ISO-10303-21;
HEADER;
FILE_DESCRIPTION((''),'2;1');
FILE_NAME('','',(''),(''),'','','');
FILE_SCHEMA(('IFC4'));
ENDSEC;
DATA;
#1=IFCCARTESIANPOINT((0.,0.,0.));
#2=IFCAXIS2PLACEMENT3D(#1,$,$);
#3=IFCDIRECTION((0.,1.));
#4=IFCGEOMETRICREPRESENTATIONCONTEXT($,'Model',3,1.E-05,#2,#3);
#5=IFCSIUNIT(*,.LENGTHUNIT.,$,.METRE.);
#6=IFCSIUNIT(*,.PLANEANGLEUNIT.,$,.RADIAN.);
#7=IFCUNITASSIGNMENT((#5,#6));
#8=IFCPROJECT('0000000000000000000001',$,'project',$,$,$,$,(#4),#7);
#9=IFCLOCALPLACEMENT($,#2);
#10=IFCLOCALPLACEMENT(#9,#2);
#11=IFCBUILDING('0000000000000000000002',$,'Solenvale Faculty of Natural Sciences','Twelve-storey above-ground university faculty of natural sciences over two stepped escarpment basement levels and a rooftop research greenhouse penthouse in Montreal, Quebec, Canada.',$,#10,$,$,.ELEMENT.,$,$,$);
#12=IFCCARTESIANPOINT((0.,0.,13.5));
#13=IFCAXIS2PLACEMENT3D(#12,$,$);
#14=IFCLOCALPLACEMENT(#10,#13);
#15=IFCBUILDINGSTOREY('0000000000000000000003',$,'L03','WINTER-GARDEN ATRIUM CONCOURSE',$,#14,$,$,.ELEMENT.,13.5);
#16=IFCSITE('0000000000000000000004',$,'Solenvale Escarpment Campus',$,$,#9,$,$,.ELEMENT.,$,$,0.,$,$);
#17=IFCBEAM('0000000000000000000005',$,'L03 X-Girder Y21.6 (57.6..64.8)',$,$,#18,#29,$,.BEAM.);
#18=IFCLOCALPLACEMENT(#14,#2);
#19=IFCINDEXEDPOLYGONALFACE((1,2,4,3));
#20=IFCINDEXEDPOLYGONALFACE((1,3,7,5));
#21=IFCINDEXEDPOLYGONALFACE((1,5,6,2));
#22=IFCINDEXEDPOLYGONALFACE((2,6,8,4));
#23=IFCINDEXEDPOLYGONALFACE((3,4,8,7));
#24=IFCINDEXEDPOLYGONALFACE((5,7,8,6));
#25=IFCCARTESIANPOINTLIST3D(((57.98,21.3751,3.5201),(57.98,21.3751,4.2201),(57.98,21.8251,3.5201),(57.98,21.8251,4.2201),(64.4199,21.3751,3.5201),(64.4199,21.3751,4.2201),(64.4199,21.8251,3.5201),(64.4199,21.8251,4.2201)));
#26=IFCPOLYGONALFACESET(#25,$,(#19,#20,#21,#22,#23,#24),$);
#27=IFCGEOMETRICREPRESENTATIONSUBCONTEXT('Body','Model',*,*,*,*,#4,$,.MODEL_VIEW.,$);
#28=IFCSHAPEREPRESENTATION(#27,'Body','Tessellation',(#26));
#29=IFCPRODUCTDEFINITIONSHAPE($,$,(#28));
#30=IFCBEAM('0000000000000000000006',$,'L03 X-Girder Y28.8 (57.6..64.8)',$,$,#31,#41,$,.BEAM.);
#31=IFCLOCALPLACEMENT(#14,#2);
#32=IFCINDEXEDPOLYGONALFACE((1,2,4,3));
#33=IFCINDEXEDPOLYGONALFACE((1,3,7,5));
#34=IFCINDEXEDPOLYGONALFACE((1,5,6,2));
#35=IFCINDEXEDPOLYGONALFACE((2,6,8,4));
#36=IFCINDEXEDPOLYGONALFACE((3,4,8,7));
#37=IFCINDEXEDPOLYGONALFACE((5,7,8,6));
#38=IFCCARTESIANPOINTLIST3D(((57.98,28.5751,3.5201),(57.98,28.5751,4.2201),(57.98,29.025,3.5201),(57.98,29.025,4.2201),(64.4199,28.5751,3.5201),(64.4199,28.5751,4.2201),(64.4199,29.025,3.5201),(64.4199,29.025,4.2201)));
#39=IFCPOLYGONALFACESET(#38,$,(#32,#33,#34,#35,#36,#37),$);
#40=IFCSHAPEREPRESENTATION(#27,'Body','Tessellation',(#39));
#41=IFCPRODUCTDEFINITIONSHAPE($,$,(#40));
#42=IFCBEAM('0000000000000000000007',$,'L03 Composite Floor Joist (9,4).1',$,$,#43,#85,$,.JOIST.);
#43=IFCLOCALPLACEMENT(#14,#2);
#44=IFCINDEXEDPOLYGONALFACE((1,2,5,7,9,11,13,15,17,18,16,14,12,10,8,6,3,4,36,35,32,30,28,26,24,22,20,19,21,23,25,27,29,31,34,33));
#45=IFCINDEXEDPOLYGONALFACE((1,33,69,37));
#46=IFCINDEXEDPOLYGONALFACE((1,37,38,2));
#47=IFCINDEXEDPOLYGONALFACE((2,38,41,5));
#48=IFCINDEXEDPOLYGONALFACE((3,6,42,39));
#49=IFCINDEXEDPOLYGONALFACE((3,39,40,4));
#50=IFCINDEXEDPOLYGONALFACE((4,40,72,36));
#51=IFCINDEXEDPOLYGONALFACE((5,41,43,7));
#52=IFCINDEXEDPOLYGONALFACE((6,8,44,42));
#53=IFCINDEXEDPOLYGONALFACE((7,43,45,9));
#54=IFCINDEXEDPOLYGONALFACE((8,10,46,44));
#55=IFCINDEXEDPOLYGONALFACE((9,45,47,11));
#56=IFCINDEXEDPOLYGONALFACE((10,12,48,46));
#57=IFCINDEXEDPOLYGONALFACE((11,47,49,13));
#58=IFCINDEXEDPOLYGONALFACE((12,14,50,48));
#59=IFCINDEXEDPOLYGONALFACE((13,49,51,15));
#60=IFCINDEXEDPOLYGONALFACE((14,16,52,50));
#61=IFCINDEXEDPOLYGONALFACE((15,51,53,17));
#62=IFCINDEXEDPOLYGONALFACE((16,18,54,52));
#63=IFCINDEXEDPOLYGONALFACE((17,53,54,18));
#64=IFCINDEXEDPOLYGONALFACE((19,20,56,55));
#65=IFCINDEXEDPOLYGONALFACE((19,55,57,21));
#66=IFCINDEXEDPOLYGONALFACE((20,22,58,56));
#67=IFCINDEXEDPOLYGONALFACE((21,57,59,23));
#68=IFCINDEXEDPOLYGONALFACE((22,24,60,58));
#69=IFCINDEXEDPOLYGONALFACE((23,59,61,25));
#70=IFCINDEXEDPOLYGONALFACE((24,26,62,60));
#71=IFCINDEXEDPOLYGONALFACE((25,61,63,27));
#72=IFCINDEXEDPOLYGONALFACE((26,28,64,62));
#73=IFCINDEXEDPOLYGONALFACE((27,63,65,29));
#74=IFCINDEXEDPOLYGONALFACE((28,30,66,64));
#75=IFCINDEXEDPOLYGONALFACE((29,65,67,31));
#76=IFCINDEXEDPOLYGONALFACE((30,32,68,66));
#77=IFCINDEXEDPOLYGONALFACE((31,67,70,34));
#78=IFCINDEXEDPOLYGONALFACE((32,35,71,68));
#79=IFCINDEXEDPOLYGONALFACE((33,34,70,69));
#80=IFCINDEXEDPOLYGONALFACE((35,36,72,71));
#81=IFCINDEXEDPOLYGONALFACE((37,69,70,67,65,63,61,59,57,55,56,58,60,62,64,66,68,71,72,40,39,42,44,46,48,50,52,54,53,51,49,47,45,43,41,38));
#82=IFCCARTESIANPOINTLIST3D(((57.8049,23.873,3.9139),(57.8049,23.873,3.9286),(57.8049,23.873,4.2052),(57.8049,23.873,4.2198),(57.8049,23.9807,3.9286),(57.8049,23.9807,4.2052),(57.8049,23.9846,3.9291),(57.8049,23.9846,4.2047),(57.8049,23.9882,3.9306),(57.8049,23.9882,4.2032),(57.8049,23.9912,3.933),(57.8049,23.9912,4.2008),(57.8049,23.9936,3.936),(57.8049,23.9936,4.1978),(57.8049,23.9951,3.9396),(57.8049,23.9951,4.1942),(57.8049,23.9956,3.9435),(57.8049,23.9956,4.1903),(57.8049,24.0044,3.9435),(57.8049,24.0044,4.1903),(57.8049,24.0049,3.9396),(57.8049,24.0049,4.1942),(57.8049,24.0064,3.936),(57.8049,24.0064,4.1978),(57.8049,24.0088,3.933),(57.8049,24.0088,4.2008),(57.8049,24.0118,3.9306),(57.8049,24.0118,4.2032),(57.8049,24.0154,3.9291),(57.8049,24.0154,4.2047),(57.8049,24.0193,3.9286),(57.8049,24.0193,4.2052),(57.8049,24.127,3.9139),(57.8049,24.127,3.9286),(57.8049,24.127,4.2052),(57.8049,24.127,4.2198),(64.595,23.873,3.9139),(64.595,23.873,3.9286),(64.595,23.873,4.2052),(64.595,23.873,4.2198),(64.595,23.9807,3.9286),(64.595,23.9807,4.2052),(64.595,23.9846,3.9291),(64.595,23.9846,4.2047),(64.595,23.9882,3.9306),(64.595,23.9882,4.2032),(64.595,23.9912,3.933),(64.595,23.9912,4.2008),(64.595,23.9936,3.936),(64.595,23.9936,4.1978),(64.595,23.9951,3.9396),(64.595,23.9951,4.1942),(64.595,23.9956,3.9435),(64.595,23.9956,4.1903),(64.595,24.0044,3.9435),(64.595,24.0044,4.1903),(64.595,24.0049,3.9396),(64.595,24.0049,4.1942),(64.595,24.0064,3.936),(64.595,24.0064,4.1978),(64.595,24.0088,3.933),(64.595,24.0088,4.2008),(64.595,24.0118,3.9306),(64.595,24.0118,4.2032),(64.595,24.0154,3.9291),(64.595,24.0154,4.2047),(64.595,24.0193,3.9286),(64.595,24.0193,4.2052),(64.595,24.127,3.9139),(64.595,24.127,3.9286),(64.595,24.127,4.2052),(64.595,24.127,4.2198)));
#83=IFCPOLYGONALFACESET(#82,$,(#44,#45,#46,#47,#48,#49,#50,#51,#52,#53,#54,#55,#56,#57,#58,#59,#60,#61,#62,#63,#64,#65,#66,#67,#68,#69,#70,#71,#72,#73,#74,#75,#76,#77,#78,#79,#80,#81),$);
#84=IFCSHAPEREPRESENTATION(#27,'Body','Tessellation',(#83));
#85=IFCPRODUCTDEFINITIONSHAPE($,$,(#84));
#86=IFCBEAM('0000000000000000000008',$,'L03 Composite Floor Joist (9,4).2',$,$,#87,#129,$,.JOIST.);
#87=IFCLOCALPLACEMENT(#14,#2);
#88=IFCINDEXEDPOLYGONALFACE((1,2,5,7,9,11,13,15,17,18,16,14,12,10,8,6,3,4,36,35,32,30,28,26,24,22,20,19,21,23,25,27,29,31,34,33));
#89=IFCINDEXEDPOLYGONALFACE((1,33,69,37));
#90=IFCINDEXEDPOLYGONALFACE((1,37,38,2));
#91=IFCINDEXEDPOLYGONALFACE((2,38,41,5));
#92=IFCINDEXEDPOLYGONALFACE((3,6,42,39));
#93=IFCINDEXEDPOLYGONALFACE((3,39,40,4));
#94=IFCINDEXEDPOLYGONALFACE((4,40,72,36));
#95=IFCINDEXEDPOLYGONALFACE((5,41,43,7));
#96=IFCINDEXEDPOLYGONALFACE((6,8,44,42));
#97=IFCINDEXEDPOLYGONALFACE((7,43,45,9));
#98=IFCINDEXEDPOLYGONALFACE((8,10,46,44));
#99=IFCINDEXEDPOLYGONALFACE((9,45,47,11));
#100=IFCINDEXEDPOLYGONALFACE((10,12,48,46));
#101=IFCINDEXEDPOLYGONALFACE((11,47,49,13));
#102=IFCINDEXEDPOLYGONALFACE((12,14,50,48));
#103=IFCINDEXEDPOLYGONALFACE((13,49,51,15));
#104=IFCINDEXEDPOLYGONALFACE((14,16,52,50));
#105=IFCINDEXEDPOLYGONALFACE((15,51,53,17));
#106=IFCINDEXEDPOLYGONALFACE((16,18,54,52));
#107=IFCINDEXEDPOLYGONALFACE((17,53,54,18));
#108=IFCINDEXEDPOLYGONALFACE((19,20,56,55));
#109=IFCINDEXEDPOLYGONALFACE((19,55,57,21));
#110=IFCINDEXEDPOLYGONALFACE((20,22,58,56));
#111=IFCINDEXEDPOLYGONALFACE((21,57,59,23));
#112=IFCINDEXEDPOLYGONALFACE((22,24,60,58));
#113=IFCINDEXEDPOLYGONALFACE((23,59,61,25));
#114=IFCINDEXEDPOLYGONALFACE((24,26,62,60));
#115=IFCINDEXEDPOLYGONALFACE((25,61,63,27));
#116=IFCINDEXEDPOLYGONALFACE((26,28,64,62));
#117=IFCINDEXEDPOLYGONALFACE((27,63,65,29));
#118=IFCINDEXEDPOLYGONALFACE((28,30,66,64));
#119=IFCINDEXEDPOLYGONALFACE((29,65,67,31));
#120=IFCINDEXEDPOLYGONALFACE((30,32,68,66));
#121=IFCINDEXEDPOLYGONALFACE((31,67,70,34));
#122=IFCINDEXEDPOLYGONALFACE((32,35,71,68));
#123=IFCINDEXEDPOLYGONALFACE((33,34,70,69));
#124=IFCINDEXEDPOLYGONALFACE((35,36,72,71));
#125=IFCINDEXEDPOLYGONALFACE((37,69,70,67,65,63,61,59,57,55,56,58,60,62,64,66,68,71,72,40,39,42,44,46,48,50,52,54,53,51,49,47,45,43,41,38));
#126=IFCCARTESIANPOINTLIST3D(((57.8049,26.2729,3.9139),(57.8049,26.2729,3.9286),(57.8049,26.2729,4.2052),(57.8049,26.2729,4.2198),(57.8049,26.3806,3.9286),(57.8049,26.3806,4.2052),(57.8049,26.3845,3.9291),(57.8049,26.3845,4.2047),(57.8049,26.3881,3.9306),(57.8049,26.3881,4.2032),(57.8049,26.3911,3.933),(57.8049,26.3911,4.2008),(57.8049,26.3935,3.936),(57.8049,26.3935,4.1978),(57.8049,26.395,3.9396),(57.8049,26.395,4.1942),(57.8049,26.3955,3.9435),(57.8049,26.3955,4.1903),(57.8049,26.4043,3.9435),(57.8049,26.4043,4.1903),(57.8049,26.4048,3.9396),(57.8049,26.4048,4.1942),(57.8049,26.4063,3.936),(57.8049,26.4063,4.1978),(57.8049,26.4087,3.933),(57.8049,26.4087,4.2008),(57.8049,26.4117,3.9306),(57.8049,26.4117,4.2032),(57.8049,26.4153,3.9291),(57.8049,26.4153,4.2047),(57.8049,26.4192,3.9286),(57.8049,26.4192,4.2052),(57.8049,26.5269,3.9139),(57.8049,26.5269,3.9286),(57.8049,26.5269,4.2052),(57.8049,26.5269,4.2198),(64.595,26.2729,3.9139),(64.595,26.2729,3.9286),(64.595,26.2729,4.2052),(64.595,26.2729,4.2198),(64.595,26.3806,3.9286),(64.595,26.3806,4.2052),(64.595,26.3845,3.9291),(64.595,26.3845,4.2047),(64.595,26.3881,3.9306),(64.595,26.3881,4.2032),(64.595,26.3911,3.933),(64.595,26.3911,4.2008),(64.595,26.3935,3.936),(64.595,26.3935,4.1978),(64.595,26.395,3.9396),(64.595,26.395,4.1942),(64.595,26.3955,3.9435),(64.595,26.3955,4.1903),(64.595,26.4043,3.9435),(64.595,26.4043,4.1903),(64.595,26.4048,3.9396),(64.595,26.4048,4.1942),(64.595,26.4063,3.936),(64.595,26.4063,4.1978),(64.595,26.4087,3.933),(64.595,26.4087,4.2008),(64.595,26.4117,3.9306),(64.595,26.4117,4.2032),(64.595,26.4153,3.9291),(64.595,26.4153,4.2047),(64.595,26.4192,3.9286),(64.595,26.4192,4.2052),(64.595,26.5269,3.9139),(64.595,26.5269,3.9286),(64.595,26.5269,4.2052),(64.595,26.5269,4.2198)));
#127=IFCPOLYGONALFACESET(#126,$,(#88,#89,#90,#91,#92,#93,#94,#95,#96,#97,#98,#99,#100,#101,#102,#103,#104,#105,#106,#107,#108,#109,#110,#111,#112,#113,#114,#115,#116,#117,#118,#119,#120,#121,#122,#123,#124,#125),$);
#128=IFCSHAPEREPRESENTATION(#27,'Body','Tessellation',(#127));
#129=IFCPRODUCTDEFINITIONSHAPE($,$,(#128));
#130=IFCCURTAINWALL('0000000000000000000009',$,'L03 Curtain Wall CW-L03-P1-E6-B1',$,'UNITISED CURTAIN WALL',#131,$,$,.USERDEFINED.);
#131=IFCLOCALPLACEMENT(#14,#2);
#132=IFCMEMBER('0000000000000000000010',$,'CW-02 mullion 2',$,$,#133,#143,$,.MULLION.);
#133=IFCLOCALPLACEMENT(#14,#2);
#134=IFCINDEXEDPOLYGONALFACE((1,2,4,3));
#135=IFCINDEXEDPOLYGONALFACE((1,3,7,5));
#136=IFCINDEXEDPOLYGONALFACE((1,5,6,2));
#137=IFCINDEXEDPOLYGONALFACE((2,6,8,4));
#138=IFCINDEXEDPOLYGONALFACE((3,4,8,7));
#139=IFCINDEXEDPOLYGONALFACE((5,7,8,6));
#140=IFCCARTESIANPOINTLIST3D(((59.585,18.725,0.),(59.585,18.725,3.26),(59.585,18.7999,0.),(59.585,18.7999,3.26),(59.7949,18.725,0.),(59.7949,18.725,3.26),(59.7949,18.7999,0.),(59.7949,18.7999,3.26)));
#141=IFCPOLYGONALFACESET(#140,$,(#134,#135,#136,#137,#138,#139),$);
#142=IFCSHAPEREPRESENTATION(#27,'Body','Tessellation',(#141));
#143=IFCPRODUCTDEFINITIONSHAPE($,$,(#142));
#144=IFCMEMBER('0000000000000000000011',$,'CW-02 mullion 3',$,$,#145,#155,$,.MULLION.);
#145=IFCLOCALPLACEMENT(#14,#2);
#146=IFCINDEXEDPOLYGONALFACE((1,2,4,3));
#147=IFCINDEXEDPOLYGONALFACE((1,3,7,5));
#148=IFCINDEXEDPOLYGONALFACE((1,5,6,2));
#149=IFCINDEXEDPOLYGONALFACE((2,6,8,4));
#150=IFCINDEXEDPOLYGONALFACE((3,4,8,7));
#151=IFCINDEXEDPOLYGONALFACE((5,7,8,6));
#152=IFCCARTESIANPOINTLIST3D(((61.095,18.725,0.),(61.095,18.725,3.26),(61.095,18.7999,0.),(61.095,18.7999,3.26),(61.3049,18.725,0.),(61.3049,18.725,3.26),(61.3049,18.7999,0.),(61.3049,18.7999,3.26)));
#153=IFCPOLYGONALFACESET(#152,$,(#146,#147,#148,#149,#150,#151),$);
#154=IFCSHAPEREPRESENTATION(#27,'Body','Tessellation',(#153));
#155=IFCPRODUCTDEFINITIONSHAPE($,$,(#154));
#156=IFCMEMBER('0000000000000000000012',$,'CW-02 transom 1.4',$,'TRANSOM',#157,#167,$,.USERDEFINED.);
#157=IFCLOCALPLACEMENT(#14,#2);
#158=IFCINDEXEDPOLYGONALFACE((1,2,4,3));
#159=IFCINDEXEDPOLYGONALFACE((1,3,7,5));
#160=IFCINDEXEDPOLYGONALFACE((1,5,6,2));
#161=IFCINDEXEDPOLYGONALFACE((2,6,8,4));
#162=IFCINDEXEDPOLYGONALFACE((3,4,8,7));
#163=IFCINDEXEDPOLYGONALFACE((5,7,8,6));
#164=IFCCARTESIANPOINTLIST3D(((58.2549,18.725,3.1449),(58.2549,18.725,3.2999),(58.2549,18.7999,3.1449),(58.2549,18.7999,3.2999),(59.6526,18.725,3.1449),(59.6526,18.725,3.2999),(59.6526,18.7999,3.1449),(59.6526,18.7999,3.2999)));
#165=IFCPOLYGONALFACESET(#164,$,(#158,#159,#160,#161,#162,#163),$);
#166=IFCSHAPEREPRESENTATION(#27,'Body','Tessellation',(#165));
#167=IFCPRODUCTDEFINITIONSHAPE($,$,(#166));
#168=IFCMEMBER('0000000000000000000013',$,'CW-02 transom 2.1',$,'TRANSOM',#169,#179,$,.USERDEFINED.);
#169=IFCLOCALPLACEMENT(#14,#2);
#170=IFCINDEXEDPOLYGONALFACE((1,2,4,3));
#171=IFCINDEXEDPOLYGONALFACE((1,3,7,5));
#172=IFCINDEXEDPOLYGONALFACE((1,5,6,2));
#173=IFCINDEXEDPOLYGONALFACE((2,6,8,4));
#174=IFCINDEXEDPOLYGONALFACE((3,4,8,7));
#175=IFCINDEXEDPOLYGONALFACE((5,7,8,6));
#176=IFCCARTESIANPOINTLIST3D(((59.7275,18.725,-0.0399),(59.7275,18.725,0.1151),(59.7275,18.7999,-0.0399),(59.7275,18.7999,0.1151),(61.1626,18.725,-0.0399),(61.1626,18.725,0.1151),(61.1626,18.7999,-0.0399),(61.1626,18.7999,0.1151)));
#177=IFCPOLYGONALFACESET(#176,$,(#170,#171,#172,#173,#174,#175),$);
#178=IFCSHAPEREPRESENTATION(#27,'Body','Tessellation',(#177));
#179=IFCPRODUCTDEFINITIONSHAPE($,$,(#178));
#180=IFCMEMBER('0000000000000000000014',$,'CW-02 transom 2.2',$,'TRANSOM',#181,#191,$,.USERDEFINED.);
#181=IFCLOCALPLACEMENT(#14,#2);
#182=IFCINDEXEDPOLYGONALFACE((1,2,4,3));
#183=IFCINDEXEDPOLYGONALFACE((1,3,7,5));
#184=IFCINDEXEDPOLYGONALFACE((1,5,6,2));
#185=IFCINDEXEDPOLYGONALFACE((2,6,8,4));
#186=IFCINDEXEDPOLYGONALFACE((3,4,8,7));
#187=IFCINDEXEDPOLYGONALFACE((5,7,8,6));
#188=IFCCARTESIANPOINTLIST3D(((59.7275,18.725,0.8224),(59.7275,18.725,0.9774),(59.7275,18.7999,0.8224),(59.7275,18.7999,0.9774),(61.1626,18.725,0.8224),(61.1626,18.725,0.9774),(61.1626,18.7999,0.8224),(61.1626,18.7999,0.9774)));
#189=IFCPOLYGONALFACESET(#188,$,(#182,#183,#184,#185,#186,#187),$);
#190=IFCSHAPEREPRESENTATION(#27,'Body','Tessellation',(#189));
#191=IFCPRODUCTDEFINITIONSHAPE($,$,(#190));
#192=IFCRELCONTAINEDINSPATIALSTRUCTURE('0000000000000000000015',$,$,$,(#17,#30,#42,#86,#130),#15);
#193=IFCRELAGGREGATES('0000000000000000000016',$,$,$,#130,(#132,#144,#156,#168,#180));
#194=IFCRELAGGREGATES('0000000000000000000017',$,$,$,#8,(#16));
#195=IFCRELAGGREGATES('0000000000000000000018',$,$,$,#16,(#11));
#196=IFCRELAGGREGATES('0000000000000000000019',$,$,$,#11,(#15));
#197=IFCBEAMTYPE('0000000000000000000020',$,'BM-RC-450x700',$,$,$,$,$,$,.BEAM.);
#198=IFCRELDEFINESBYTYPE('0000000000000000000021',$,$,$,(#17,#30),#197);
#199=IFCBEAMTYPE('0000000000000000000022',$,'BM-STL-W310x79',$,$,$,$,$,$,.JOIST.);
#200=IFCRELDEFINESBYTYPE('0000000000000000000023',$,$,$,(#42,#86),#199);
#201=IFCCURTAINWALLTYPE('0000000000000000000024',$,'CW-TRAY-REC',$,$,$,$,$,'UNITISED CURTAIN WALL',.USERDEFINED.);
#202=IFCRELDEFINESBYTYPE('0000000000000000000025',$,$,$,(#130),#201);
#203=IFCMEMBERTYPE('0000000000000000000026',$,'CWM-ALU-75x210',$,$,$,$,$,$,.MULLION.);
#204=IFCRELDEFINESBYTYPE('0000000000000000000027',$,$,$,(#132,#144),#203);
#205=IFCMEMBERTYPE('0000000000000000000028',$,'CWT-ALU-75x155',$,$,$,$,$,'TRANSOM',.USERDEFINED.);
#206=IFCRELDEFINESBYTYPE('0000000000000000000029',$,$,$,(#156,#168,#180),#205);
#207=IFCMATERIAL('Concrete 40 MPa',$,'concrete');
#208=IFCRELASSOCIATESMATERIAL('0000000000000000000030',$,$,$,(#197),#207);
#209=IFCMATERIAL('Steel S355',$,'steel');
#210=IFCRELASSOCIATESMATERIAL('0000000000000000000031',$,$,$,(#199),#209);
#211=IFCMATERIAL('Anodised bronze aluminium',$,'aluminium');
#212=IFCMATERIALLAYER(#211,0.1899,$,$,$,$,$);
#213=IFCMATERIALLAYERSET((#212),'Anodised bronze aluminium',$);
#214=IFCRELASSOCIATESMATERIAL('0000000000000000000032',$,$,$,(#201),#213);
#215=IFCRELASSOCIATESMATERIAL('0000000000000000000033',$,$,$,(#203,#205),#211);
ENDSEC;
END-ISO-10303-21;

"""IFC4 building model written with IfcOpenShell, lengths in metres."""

from ifc_helpers import new_model, si_unit, direction, frame, origin, origin_2d, place, context, subcontext, project, spatial, rectangle, i_section, extrude, material, layer, layer_set, material_profile, profile_set, type_object, element, aggregate, save


model = new_model("IFC4")

# Units and contexts
model_context = context("Model", 3, precision=1e-05, world=origin(), true_north=direction((0.0, 1.0)))
body_context = subcontext(model_context, "Body", "Model", "MODEL_VIEW")
ifc_project = project(units=[si_unit("LENGTHUNIT", "METRE"), si_unit("PLANEANGLEUNIT", "RADIAN")], contexts=[model_context])

# Site, building, storey
site_placement = place(None, origin())
site = spatial("IfcSite", under=ifc_project, at=site_placement, Name="Solenvale Escarpment Campus", CompositionType="ELEMENT", RefElevation=0.0)
building_placement = place(site_placement, origin())
building = spatial("IfcBuilding", under=site, at=building_placement, Name="Solenvale Faculty of Natural Sciences", Description="Twelve-storey above-ground university faculty of natural sciences over two stepped escarpment basement levels and a rooftop research greenhouse penthouse in Montreal, Quebec, Canada.", CompositionType="ELEMENT")
storey_placement = place(building_placement, frame((0.0, 0.0, 13.5)))
storey = spatial("IfcBuildingStorey", under=building, at=storey_placement, Name="L03", Description="WINTER-GARDEN ATRIUM CONCOURSE", CompositionType="ELEMENT", Elevation=13.5)

# Beams
ifc_material_1 = material(Name="Concrete 40 MPa", Category="concrete")
ifc_material_profile_1 = material_profile(ifc_material_1, rectangle(XDim=0.45, YDim=0.7, at=origin_2d()), Name="RC-BM-450x700")
ifc_profile_set_1 = profile_set([ifc_material_profile_1], Name="Concrete 40 MPa")
beam_type_1 = type_object("IfcBeamType", Name="BM-RC-450x700", PredefinedType="BEAM", material=ifc_profile_set_1)
for number, where, z_axis, x_axis, name in (
    (1, (57.98, 21.6001, 3.8701), (1.0, 0.0, 0.0), (0.0, 1.0, 0.0), "L03 X-Girder Y21.6 (57.6..64.8)"),
    (2, (57.98, 28.8, 3.8701), (1.0, 0.0, 0.0), (0.0, 1.0, 0.0), "L03 X-Girder Y28.8 (57.6..64.8)"),
):
    element("IfcBeam", number, at=place(storey_placement, frame(where, z_axis=z_axis, x_axis=x_axis)), inside=storey, type_object=beam_type_1, Name=name, PredefinedType="BEAM", context=body_context, shape_type="SweptSolid", body=[
        extrude(rectangle(XDim=0.45, YDim=0.7, at=origin_2d()), origin(), (0.0, 0.0, 1.0), 6.4399),
    ])
ifc_material_2 = material(Name="Steel S355", Category="steel")
ifc_material_profile_2 = material_profile(ifc_material_2, i_section(OverallWidth=0.2539, OverallDepth=0.3059, WebThickness=0.0088, FlangeThickness=0.0146, FilletRadius=0.0149, at=origin_2d()), Name="W310x79")
ifc_profile_set_2 = profile_set([ifc_material_profile_2], Name="Steel S355")
beam_type_2 = type_object("IfcBeamType", Name="BM-STL-W310x79", PredefinedType="JOIST", material=ifc_profile_set_2)
for number, where, z_axis, x_axis, name in (
    (3, (57.8049, 24.0, 4.0669), (1.0, 0.0, 0.0), (0.0, 1.0, 0.0), "L03 Composite Floor Joist (9,4).1"),
    (4, (57.8049, 26.3999, 4.0669), (1.0, 0.0, 0.0), (0.0, 1.0, 0.0), "L03 Composite Floor Joist (9,4).2"),
):
    element("IfcBeam", number, at=place(storey_placement, frame(where, z_axis=z_axis, x_axis=x_axis)), inside=storey, type_object=beam_type_2, Name=name, PredefinedType="JOIST", context=body_context, shape_type="SweptSolid", body=[
        extrude(i_section(OverallWidth=0.2539, OverallDepth=0.3059, WebThickness=0.0088, FlangeThickness=0.0146, FilletRadius=0.0149, at=origin_2d()), origin(), (0.0, 0.0, 1.0), 6.79),
    ])

# Curtain wall, members
ifc_material_3 = material(Name="Anodised bronze aluminium", Category="aluminium")
ifc_layer_1 = layer(ifc_material_3, 0.1899)
ifc_layer_set_1 = layer_set([ifc_layer_1], Name="Anodised bronze aluminium")
curtain_wall_type = type_object("IfcCurtainWallType", Name="CW-TRAY-REC", ElementType="UNITISED CURTAIN WALL", PredefinedType="USERDEFINED", material=ifc_layer_set_1)
curtain_wall_placement = place(storey_placement, origin())
curtain_wall = element("IfcCurtainWall", 5, at=curtain_wall_placement, inside=storey, type_object=curtain_wall_type, Name="L03 Curtain Wall CW-L03-P1-E6-B1", ObjectType="UNITISED CURTAIN WALL", PredefinedType="USERDEFINED")
ifc_material_profile_3 = material_profile(ifc_material_3, rectangle(XDim=0.075, YDim=0.21, at=origin_2d()), Name="ALU-MUL-75x210")
ifc_profile_set_3 = profile_set([ifc_material_profile_3], Name="Anodised bronze aluminium")
member_type_1 = type_object("IfcMemberType", Name="CWM-ALU-75x210", PredefinedType="MULLION", material=ifc_profile_set_3)
member_1_placement = place(storey_placement, frame((59.6899, 18.7625, 0.0), z_axis=(0.0, 0.0, 1.0), x_axis=(0.0, 1.0, 0.0)))
member_1 = element("IfcMember", 6, at=member_1_placement, type_object=member_type_1, Name="CW-02 mullion 2", PredefinedType="MULLION", context=body_context, shape_type="SweptSolid", body=[
    extrude(rectangle(XDim=0.075, YDim=0.21, at=origin_2d()), origin(), (0.0, 0.0, 1.0), 3.26),
])
member_2_placement = place(storey_placement, frame((61.2, 18.7625, 0.0), z_axis=(0.0, 0.0, 1.0), x_axis=(0.0, 1.0, 0.0)))
member_2 = element("IfcMember", 7, at=member_2_placement, type_object=member_type_1, Name="CW-02 mullion 3", PredefinedType="MULLION", context=body_context, shape_type="SweptSolid", body=[
    extrude(rectangle(XDim=0.075, YDim=0.21, at=origin_2d()), origin(), (0.0, 0.0, 1.0), 3.26),
])
ifc_material_profile_4 = material_profile(ifc_material_3, rectangle(XDim=0.075, YDim=0.155, at=origin_2d()), Name="ALU-TRN-75x155")
ifc_profile_set_4 = profile_set([ifc_material_profile_4], Name="Anodised bronze aluminium")
member_type_2 = type_object("IfcMemberType", Name="CWT-ALU-75x155", ElementType="TRANSOM", PredefinedType="USERDEFINED", material=ifc_profile_set_4)
member_3_placement = place(storey_placement, frame((58.2549, 18.7625, 3.2224), z_axis=(1.0, 0.0, 0.0), x_axis=(0.0, 1.0, 0.0)))
member_3 = element("IfcMember", 8, at=member_3_placement, type_object=member_type_2, Name="CW-02 transom 1.4", ObjectType="TRANSOM", PredefinedType="USERDEFINED", context=body_context, shape_type="SweptSolid", body=[
    extrude(rectangle(XDim=0.075, YDim=0.155, at=origin_2d()), origin(), (0.0, 0.0, 1.0), 1.3977),
])
member_4_placement = place(storey_placement, frame((59.7275, 18.7625, 0.0376), z_axis=(1.0, 0.0, 0.0), x_axis=(0.0, 1.0, 0.0)))
member_4 = element("IfcMember", 9, at=member_4_placement, type_object=member_type_2, Name="CW-02 transom 2.1", ObjectType="TRANSOM", PredefinedType="USERDEFINED", context=body_context, shape_type="SweptSolid", body=[
    extrude(rectangle(XDim=0.075, YDim=0.155, at=origin_2d()), origin(), (0.0, 0.0, 1.0), 1.4351),
])
member_5_placement = place(storey_placement, frame((59.7275, 18.7625, 0.8999), z_axis=(1.0, 0.0, 0.0), x_axis=(0.0, 1.0, 0.0)))
member_5 = element("IfcMember", 10, at=member_5_placement, type_object=member_type_2, Name="CW-02 transom 2.2", ObjectType="TRANSOM", PredefinedType="USERDEFINED", context=body_context, shape_type="SweptSolid", body=[
    extrude(rectangle(XDim=0.075, YDim=0.155, at=origin_2d()), origin(), (0.0, 0.0, 1.0), 1.4351),
])
aggregate(curtain_wall, [member_1, member_2, member_3, member_4, member_5])

save(model, "model.ifc")
